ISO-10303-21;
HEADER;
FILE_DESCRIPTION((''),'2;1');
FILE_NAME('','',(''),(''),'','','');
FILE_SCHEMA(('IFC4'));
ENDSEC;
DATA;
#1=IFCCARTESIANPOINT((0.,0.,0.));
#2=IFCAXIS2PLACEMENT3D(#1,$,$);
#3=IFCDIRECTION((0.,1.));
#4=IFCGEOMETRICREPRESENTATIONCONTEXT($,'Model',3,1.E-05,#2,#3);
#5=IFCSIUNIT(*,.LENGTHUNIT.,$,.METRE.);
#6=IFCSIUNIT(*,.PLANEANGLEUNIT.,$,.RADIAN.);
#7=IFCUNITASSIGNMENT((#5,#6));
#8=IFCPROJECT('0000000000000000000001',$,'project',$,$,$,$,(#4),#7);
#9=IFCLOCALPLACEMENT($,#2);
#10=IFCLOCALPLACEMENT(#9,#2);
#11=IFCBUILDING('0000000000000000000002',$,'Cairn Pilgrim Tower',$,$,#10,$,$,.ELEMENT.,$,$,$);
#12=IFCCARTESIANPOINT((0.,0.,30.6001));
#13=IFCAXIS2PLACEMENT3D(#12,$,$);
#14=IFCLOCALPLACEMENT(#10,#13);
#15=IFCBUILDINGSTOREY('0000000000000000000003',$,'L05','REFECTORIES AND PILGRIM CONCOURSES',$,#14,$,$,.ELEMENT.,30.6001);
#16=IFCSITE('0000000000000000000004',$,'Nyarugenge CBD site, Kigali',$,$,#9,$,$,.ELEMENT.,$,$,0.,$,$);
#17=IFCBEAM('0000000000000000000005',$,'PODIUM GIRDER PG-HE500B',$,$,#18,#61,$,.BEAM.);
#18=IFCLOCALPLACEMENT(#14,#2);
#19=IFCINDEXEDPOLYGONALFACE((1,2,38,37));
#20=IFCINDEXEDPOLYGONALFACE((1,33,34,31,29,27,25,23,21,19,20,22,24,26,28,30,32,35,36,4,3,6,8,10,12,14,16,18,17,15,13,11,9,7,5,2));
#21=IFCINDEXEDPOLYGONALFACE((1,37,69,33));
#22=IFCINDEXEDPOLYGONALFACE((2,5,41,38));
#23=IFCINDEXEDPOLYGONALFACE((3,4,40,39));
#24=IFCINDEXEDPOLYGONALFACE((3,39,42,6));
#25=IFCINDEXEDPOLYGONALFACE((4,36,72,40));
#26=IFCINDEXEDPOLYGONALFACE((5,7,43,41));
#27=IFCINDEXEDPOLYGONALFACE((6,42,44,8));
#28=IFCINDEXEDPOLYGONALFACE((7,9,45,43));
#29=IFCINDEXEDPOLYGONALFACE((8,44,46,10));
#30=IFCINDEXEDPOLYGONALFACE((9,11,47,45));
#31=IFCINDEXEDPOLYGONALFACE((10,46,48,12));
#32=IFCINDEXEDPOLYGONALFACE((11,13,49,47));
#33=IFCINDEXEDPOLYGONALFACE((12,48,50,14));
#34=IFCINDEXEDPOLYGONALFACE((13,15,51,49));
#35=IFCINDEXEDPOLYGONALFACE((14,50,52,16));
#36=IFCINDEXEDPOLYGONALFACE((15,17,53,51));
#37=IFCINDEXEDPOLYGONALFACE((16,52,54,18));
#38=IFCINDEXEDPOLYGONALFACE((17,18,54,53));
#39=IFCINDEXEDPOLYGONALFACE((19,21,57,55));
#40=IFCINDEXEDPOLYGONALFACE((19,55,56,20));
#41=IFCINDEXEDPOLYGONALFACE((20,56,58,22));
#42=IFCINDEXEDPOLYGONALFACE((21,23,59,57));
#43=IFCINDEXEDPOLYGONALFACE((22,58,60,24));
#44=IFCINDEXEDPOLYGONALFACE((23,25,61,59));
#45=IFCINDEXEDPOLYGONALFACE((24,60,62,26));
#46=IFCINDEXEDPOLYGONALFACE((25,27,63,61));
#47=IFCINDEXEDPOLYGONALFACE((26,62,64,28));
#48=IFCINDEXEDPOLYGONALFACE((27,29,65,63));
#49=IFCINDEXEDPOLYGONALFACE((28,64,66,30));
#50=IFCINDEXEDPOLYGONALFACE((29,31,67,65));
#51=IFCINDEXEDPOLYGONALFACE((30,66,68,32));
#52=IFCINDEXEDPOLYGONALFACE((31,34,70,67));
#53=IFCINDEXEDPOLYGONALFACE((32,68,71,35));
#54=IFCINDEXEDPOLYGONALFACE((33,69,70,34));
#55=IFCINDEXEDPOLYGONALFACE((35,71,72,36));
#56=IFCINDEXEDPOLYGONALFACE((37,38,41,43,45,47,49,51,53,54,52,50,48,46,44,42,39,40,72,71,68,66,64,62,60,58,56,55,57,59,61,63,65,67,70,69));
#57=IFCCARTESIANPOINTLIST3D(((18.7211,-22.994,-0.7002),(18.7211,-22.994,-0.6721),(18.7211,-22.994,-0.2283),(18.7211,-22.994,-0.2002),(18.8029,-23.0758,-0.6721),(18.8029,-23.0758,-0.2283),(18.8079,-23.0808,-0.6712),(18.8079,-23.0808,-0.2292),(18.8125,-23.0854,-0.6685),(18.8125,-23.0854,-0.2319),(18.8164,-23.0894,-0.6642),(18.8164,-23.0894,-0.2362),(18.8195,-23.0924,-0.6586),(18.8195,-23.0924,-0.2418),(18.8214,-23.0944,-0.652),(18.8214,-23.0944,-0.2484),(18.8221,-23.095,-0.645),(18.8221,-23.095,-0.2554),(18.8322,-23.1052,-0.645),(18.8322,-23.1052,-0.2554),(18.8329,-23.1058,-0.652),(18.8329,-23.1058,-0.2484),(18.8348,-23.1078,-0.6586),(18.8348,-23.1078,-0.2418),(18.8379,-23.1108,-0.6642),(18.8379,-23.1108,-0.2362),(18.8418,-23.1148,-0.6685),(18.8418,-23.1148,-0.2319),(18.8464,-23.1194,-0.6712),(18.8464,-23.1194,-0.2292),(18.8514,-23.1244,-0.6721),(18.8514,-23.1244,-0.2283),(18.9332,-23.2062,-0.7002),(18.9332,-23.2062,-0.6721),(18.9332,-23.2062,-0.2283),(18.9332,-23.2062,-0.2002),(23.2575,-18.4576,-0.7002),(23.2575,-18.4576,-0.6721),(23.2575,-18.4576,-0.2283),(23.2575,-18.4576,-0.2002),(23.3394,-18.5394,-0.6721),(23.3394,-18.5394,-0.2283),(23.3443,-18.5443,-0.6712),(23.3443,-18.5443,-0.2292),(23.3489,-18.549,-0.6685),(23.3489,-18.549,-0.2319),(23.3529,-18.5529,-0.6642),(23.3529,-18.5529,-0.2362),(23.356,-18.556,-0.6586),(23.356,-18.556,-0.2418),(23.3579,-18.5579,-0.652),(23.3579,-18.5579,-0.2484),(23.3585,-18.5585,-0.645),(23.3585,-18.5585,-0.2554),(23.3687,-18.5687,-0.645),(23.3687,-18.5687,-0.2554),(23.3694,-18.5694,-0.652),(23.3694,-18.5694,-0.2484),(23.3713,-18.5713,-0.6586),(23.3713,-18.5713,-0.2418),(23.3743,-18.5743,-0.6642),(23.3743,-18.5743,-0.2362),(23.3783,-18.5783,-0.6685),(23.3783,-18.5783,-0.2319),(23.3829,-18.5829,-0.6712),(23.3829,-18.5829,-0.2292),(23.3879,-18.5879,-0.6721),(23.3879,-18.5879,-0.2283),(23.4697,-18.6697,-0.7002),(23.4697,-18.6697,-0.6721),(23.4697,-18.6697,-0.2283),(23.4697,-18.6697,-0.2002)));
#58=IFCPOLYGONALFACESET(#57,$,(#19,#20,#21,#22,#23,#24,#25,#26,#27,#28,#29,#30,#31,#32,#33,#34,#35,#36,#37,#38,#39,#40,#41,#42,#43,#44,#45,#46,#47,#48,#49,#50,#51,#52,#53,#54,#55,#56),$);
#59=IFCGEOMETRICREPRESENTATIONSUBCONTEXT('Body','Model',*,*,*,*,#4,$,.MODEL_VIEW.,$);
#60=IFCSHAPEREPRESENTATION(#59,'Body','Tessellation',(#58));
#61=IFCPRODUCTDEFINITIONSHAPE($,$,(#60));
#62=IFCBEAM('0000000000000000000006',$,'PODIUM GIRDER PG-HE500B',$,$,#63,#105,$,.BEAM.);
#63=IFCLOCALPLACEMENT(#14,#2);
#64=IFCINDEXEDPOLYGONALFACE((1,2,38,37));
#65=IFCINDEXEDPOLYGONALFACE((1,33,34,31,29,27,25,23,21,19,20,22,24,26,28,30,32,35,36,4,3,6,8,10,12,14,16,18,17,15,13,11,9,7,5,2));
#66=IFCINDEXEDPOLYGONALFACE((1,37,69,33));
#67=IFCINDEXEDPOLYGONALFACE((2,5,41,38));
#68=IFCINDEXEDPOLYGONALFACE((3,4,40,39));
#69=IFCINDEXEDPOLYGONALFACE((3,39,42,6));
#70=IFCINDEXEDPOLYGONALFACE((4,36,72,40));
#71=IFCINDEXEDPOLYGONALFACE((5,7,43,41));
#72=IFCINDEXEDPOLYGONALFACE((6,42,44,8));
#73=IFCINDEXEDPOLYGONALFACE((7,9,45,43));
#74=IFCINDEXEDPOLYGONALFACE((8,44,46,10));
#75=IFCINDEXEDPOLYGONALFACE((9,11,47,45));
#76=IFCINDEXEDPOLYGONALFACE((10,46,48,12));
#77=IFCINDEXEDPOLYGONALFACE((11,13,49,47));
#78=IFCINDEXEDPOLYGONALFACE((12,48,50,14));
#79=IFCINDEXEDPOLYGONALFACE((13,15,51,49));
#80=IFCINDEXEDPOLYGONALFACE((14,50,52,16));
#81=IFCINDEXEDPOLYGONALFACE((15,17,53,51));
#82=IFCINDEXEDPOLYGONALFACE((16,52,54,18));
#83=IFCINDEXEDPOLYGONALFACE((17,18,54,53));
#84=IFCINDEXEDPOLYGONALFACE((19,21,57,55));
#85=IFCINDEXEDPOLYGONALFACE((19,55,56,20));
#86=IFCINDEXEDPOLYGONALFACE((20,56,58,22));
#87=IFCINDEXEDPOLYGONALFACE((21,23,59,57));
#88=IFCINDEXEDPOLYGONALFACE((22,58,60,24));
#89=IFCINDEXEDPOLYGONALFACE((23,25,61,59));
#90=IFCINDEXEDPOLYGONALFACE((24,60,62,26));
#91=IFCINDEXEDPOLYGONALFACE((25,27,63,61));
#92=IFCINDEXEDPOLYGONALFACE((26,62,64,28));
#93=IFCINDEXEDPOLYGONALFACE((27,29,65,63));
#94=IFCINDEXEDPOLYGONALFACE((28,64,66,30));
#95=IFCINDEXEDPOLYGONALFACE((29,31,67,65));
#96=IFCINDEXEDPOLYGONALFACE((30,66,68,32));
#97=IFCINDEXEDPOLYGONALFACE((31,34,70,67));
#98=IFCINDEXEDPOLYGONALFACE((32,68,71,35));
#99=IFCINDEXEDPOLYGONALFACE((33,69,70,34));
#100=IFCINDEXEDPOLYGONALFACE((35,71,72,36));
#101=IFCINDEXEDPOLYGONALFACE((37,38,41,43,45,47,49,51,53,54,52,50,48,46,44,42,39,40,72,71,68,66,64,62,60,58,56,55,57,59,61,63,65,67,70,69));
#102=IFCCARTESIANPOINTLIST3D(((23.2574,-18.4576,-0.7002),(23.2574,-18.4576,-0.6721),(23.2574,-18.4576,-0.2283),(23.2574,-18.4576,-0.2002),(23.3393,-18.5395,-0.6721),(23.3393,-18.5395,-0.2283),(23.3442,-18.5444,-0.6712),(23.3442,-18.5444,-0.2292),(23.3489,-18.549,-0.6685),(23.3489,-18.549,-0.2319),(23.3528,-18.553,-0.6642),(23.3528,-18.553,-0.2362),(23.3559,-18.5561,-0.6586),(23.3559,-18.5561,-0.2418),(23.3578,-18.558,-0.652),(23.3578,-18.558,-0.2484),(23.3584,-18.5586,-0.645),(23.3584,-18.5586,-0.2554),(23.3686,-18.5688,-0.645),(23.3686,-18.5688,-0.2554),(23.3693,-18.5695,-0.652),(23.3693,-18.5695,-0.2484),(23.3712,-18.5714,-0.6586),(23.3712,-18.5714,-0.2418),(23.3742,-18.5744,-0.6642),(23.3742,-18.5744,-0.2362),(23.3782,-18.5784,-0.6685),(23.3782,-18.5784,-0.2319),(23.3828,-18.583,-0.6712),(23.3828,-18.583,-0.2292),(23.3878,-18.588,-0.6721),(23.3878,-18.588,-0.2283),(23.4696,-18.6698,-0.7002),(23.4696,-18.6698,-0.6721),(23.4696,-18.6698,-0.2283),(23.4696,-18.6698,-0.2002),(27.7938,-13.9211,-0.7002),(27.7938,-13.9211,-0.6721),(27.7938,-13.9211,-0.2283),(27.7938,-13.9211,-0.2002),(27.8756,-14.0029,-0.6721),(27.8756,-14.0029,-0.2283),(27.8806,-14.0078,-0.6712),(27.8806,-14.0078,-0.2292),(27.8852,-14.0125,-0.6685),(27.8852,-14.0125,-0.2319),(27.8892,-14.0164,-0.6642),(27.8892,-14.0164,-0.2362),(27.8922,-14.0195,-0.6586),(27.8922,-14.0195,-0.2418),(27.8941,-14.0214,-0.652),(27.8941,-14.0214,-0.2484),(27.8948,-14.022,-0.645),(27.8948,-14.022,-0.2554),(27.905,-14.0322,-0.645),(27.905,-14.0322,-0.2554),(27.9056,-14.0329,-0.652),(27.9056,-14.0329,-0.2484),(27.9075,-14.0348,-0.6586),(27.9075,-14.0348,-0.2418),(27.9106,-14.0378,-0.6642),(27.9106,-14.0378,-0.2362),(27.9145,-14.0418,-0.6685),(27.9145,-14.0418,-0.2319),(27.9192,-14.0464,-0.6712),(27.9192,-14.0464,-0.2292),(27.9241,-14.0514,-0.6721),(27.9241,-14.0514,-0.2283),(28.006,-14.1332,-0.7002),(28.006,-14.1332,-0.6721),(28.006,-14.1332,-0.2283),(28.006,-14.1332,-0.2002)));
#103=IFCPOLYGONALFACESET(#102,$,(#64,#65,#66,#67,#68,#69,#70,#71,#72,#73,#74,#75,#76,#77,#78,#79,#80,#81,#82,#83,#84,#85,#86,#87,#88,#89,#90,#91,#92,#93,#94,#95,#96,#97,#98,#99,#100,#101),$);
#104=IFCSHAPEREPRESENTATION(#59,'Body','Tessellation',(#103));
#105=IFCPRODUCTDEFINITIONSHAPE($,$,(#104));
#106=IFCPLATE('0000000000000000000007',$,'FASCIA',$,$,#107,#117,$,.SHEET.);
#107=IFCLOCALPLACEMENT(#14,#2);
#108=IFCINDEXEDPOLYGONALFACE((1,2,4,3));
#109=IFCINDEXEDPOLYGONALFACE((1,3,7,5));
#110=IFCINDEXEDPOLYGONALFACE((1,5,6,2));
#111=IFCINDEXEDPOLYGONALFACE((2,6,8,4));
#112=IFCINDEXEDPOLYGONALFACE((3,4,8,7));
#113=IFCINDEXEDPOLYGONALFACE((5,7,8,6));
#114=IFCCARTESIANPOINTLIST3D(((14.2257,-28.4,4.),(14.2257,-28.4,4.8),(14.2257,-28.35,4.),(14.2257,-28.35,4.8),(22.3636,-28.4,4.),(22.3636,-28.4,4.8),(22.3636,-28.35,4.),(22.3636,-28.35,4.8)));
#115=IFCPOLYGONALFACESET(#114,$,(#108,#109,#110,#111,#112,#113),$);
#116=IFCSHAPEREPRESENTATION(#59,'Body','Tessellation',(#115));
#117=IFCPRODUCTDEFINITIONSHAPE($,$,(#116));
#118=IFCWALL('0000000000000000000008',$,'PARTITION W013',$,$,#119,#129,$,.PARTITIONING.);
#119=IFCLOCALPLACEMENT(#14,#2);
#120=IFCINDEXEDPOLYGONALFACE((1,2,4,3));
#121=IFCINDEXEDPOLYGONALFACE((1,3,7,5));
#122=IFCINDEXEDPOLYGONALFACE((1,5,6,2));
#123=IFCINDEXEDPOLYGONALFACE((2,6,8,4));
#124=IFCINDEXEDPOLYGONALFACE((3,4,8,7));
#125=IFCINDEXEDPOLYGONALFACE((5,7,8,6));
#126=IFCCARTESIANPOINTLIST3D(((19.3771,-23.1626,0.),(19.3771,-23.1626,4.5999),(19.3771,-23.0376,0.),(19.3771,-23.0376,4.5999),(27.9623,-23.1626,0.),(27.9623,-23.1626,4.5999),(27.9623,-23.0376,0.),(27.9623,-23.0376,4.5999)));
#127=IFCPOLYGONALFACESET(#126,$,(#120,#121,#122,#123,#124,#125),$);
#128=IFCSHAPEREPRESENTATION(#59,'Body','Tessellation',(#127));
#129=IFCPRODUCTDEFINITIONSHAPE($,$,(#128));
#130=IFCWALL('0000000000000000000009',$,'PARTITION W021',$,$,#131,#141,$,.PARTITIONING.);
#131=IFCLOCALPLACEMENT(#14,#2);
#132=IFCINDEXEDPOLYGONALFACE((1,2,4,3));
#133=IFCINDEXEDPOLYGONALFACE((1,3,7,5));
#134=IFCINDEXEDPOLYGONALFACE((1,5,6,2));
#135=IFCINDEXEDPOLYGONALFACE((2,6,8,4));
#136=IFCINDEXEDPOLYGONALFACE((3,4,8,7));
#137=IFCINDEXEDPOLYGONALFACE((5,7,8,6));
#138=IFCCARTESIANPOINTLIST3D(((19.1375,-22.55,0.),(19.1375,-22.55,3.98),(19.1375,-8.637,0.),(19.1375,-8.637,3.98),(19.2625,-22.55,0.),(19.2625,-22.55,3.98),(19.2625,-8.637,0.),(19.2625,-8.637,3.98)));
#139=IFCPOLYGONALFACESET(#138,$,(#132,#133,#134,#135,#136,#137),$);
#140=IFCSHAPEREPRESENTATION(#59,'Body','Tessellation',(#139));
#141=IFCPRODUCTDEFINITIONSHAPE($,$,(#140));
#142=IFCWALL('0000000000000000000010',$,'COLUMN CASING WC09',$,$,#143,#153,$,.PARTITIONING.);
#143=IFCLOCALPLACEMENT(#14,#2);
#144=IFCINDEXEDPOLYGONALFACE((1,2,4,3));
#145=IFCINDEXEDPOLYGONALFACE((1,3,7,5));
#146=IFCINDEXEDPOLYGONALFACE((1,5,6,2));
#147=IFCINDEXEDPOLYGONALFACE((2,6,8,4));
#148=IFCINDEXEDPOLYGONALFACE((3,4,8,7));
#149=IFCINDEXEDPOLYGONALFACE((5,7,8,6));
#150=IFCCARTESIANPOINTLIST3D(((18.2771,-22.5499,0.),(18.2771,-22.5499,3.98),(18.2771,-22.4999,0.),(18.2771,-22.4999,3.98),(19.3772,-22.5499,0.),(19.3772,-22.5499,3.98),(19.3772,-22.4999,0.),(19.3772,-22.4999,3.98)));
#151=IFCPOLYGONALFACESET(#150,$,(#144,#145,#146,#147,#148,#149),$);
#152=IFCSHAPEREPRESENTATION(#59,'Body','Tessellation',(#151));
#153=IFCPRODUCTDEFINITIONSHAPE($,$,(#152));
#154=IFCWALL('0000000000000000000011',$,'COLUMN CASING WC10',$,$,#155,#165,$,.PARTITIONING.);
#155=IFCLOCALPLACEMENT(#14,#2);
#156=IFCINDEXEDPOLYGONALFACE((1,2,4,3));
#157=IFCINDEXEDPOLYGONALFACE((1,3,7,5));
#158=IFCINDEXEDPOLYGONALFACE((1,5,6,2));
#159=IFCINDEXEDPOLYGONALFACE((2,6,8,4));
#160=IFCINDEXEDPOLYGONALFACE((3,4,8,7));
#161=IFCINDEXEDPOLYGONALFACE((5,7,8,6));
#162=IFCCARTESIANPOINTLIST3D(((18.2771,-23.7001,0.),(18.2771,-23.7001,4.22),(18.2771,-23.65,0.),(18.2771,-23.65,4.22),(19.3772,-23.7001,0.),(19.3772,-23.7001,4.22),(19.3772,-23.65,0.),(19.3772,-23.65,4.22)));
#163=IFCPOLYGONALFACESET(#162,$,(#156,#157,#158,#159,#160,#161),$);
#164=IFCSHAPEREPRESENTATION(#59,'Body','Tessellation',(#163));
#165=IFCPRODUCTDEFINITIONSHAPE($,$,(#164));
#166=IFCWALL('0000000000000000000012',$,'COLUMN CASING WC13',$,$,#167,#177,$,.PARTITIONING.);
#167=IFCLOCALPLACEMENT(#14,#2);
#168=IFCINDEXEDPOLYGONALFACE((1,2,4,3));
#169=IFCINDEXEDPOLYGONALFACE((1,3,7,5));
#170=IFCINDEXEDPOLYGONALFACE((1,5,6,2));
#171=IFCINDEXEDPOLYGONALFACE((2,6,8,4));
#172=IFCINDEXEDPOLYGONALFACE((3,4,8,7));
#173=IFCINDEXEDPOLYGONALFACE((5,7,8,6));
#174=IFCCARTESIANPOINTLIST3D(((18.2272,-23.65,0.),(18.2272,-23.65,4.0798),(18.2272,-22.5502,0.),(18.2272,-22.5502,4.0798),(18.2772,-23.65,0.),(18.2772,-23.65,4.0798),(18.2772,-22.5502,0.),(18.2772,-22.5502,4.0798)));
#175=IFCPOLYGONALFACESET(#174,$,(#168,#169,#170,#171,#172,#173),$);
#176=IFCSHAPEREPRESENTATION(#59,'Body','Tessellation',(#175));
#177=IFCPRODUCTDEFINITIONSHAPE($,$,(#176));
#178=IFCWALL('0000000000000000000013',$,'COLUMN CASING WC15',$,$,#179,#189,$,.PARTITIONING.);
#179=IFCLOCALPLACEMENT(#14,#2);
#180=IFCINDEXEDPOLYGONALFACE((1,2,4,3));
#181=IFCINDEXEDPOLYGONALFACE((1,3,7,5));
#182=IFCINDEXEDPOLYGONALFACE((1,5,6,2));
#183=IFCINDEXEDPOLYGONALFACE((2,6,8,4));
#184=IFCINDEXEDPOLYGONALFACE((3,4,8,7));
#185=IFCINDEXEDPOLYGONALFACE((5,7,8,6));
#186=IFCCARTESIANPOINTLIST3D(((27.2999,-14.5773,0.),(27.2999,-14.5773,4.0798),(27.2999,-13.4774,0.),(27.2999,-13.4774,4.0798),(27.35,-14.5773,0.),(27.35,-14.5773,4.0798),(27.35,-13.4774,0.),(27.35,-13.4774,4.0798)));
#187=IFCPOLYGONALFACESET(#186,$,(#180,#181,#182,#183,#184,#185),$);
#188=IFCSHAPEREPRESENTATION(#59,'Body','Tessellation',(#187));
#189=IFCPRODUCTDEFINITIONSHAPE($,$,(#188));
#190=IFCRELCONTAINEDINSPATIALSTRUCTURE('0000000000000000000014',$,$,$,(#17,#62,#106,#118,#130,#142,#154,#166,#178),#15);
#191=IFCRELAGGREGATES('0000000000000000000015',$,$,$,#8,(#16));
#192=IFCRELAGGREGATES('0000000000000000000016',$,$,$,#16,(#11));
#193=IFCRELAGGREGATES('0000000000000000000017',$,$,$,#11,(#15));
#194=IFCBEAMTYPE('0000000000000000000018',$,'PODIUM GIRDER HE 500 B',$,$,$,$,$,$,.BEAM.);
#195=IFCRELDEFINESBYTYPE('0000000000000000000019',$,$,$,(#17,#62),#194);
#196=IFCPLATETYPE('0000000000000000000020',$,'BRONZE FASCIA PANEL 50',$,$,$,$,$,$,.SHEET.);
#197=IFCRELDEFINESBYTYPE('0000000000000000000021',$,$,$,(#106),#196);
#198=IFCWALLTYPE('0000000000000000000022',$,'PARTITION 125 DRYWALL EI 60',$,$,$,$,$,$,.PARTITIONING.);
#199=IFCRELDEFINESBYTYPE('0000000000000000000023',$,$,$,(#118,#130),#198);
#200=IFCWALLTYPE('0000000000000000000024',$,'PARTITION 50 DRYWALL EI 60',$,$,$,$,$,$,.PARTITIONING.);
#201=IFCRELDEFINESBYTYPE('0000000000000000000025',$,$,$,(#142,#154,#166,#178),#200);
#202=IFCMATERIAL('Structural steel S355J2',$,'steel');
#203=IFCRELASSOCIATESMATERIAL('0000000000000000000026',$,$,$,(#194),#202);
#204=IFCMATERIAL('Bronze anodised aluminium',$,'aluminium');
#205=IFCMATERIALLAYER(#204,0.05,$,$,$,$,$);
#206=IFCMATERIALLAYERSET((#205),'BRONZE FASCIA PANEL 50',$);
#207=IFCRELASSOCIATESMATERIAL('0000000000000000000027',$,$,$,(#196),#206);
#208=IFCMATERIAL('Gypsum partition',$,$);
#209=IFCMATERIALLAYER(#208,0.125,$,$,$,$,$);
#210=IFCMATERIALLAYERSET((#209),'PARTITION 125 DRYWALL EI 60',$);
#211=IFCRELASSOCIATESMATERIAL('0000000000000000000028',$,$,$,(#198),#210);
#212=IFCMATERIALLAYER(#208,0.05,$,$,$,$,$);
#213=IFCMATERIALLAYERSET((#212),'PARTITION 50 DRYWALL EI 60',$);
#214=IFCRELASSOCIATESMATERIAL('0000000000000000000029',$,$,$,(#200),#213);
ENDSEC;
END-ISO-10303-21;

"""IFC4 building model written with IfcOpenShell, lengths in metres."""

from ifc_helpers import new_model, si_unit, direction, frame, frame_2d, origin, origin_2d, place, context, subcontext, project, spatial, rectangle, i_section, extrude, material, layer, layer_set, material_profile, profile_set, type_object, element, save


model = new_model("IFC4")

# Units and contexts
model_context = context("Model", 3, precision=1e-05, world=origin(), true_north=direction((0.0, 1.0)))
body_context = subcontext(model_context, "Body", "Model", "MODEL_VIEW")
ifc_project = project(units=[si_unit("LENGTHUNIT", "METRE"), si_unit("PLANEANGLEUNIT", "RADIAN")], contexts=[model_context])

# Site, building, storey
site_placement = place(None, origin())
site = spatial("IfcSite", under=ifc_project, at=site_placement, Name="Nyarugenge CBD site, Kigali", CompositionType="ELEMENT", RefElevation=0.0)
building_placement = place(site_placement, origin())
building = spatial("IfcBuilding", under=site, at=building_placement, Name="Cairn Pilgrim Tower", CompositionType="ELEMENT")
storey_placement = place(building_placement, frame((0.0, 0.0, 30.6001)))
storey = spatial("IfcBuildingStorey", under=building, at=storey_placement, Name="L05", Description="REFECTORIES AND PILGRIM CONCOURSES", CompositionType="ELEMENT", Elevation=30.6001)

# Beams
ifc_material_1 = material(Name="Structural steel S355J2", Category="steel")
ifc_material_profile_1 = material_profile(ifc_material_1, i_section(OverallWidth=0.3, OverallDepth=0.5, WebThickness=0.0144, FlangeThickness=0.0281, FilletRadius=0.0271, at=origin_2d()), Name="HEB 500")
ifc_profile_set_1 = profile_set([ifc_material_profile_1], Name="Structural steel S355J2")
beam_type_1 = type_object("IfcBeamType", Name="PODIUM GIRDER HE 500 B", PredefinedType="BEAM", material=ifc_profile_set_1)
for number, where, z_axis, x_axis, name in (
    (1, (18.8271, -23.1001, -0.4502), (0.707107, 0.707107, 0.0), (-0.707107, 0.707107, 0.0), "PODIUM GIRDER PG-HE500B"),
    (2, (23.3635, -18.5637, -0.4502), (0.707088, 0.707126, 0.0), (-0.707126, 0.707088, 0.0), "PODIUM GIRDER PG-HE500B"),
):
    element("IfcBeam", number, at=place(storey_placement, frame(where, z_axis=z_axis, x_axis=x_axis)), inside=storey, type_object=beam_type_1, Name=name, PredefinedType="BEAM", context=body_context, shape_type="SweptSolid", body=[
        extrude(i_section(OverallWidth=0.3, OverallDepth=0.5, WebThickness=0.0144, FlangeThickness=0.0281, FilletRadius=0.0271, at=origin_2d()), origin(), (0.0, 0.0, 1.0), 6.4155),
    ])

# Plate
ifc_material_2 = material(Name="Bronze anodised aluminium", Category="aluminium")
ifc_layer_1 = layer(ifc_material_2, 0.05)
ifc_layer_set_1 = layer_set([ifc_layer_1], Name="BRONZE FASCIA PANEL 50")
plate_type = type_object("IfcPlateType", Name="BRONZE FASCIA PANEL 50", PredefinedType="SHEET", material=ifc_layer_set_1)
plate_placement = place(storey_placement, frame((18.2947, -28.375, 4.0), z_axis=(0.0, 0.0, 1.0), x_axis=(1.0, 0.0, 0.0)))
element("IfcPlate", 3, at=plate_placement, inside=storey, type_object=plate_type, Name="FASCIA", PredefinedType="SHEET", context=body_context, shape_type="SweptSolid", body=[
    extrude(rectangle(XDim=8.1379, YDim=0.05, at=origin_2d()), origin(), (0.0, 0.0, 1.0), 0.8),
])

# Walls
ifc_material_3 = material(Name="Gypsum partition")
ifc_layer_2 = layer(ifc_material_3, 0.125)
ifc_layer_set_2 = layer_set([ifc_layer_2], Name="PARTITION 125 DRYWALL EI 60")
wall_type_1 = type_object("IfcWallType", Name="PARTITION 125 DRYWALL EI 60", PredefinedType="PARTITIONING", material=ifc_layer_set_2)
wall_1_placement = place(storey_placement, frame((19.3772, -23.1001, 0.0), z_axis=(0.0, 0.0, 1.0), x_axis=(1.0, 0.0, 0.0)))
element("IfcWall", 4, at=wall_1_placement, inside=storey, type_object=wall_type_1, Name="PARTITION W013", PredefinedType="PARTITIONING", context=body_context, shape_type="SweptSolid", body=[
    extrude(rectangle(XDim=8.5852, YDim=0.125, at=frame_2d((4.2925, 0.0))), origin(), (0.0, 0.0, 1.0), 4.5999),
])
wall_2_placement = place(storey_placement, frame((19.2, -22.55, 0.0), z_axis=(0.0, 0.0, 1.0), x_axis=(0.0, 1.0, 0.0)))
element("IfcWall", 5, at=wall_2_placement, inside=storey, type_object=wall_type_1, Name="PARTITION W021", PredefinedType="PARTITIONING", context=body_context, shape_type="SweptSolid", body=[
    extrude(rectangle(XDim=13.9131, YDim=0.125, at=frame_2d((6.9565, 0.0))), origin(), (0.0, 0.0, 1.0), 3.98),
])
ifc_layer_3 = layer(ifc_material_3, 0.05)
ifc_layer_set_3 = layer_set([ifc_layer_3], Name="PARTITION 50 DRYWALL EI 60")
wall_type_2 = type_object("IfcWallType", Name="PARTITION 50 DRYWALL EI 60", PredefinedType="PARTITIONING", material=ifc_layer_set_3)
wall_3_placement = place(storey_placement, frame((18.2771, -22.5249, 0.0), z_axis=(0.0, 0.0, 1.0), x_axis=(1.0, 0.0, 0.0)))
element("IfcWall", 6, at=wall_3_placement, inside=storey, type_object=wall_type_2, Name="COLUMN CASING WC09", PredefinedType="PARTITIONING", context=body_context, shape_type="SweptSolid", body=[
    extrude(rectangle(XDim=1.1001, YDim=0.05, at=frame_2d((0.55, 0.0))), origin(), (0.0, 0.0, 1.0), 3.98),
])
wall_4_placement = place(storey_placement, frame((18.2771, -23.675, 0.0), z_axis=(0.0, 0.0, 1.0), x_axis=(1.0, 0.0, 0.0)))
element("IfcWall", 7, at=wall_4_placement, inside=storey, type_object=wall_type_2, Name="COLUMN CASING WC10", PredefinedType="PARTITIONING", context=body_context, shape_type="SweptSolid", body=[
    extrude(rectangle(XDim=1.1001, YDim=0.05, at=frame_2d((0.55, 0.0))), origin(), (0.0, 0.0, 1.0), 4.22),
])
for number, where, z_axis, x_axis, name in (
    (8, (18.2522, -23.6499, 0.0), (0.0, 0.0, 1.0), (0.0, 1.0, 0.0), "COLUMN CASING WC13"),
    (9, (27.325, -14.5771, 0.0), (0.0, 0.0, 1.0), (0.0, 1.0, 0.0), "COLUMN CASING WC15"),
):
    element("IfcWall", number, at=place(storey_placement, frame(where, z_axis=z_axis, x_axis=x_axis)), inside=storey, type_object=wall_type_2, Name=name, PredefinedType="PARTITIONING", context=body_context, shape_type="SweptSolid", body=[
        extrude(rectangle(XDim=1.0999, YDim=0.05, at=frame_2d((0.5498, 0.0))), origin(), (0.0, 0.0, 1.0), 4.0798),
    ])

save(model, "model.ifc")
